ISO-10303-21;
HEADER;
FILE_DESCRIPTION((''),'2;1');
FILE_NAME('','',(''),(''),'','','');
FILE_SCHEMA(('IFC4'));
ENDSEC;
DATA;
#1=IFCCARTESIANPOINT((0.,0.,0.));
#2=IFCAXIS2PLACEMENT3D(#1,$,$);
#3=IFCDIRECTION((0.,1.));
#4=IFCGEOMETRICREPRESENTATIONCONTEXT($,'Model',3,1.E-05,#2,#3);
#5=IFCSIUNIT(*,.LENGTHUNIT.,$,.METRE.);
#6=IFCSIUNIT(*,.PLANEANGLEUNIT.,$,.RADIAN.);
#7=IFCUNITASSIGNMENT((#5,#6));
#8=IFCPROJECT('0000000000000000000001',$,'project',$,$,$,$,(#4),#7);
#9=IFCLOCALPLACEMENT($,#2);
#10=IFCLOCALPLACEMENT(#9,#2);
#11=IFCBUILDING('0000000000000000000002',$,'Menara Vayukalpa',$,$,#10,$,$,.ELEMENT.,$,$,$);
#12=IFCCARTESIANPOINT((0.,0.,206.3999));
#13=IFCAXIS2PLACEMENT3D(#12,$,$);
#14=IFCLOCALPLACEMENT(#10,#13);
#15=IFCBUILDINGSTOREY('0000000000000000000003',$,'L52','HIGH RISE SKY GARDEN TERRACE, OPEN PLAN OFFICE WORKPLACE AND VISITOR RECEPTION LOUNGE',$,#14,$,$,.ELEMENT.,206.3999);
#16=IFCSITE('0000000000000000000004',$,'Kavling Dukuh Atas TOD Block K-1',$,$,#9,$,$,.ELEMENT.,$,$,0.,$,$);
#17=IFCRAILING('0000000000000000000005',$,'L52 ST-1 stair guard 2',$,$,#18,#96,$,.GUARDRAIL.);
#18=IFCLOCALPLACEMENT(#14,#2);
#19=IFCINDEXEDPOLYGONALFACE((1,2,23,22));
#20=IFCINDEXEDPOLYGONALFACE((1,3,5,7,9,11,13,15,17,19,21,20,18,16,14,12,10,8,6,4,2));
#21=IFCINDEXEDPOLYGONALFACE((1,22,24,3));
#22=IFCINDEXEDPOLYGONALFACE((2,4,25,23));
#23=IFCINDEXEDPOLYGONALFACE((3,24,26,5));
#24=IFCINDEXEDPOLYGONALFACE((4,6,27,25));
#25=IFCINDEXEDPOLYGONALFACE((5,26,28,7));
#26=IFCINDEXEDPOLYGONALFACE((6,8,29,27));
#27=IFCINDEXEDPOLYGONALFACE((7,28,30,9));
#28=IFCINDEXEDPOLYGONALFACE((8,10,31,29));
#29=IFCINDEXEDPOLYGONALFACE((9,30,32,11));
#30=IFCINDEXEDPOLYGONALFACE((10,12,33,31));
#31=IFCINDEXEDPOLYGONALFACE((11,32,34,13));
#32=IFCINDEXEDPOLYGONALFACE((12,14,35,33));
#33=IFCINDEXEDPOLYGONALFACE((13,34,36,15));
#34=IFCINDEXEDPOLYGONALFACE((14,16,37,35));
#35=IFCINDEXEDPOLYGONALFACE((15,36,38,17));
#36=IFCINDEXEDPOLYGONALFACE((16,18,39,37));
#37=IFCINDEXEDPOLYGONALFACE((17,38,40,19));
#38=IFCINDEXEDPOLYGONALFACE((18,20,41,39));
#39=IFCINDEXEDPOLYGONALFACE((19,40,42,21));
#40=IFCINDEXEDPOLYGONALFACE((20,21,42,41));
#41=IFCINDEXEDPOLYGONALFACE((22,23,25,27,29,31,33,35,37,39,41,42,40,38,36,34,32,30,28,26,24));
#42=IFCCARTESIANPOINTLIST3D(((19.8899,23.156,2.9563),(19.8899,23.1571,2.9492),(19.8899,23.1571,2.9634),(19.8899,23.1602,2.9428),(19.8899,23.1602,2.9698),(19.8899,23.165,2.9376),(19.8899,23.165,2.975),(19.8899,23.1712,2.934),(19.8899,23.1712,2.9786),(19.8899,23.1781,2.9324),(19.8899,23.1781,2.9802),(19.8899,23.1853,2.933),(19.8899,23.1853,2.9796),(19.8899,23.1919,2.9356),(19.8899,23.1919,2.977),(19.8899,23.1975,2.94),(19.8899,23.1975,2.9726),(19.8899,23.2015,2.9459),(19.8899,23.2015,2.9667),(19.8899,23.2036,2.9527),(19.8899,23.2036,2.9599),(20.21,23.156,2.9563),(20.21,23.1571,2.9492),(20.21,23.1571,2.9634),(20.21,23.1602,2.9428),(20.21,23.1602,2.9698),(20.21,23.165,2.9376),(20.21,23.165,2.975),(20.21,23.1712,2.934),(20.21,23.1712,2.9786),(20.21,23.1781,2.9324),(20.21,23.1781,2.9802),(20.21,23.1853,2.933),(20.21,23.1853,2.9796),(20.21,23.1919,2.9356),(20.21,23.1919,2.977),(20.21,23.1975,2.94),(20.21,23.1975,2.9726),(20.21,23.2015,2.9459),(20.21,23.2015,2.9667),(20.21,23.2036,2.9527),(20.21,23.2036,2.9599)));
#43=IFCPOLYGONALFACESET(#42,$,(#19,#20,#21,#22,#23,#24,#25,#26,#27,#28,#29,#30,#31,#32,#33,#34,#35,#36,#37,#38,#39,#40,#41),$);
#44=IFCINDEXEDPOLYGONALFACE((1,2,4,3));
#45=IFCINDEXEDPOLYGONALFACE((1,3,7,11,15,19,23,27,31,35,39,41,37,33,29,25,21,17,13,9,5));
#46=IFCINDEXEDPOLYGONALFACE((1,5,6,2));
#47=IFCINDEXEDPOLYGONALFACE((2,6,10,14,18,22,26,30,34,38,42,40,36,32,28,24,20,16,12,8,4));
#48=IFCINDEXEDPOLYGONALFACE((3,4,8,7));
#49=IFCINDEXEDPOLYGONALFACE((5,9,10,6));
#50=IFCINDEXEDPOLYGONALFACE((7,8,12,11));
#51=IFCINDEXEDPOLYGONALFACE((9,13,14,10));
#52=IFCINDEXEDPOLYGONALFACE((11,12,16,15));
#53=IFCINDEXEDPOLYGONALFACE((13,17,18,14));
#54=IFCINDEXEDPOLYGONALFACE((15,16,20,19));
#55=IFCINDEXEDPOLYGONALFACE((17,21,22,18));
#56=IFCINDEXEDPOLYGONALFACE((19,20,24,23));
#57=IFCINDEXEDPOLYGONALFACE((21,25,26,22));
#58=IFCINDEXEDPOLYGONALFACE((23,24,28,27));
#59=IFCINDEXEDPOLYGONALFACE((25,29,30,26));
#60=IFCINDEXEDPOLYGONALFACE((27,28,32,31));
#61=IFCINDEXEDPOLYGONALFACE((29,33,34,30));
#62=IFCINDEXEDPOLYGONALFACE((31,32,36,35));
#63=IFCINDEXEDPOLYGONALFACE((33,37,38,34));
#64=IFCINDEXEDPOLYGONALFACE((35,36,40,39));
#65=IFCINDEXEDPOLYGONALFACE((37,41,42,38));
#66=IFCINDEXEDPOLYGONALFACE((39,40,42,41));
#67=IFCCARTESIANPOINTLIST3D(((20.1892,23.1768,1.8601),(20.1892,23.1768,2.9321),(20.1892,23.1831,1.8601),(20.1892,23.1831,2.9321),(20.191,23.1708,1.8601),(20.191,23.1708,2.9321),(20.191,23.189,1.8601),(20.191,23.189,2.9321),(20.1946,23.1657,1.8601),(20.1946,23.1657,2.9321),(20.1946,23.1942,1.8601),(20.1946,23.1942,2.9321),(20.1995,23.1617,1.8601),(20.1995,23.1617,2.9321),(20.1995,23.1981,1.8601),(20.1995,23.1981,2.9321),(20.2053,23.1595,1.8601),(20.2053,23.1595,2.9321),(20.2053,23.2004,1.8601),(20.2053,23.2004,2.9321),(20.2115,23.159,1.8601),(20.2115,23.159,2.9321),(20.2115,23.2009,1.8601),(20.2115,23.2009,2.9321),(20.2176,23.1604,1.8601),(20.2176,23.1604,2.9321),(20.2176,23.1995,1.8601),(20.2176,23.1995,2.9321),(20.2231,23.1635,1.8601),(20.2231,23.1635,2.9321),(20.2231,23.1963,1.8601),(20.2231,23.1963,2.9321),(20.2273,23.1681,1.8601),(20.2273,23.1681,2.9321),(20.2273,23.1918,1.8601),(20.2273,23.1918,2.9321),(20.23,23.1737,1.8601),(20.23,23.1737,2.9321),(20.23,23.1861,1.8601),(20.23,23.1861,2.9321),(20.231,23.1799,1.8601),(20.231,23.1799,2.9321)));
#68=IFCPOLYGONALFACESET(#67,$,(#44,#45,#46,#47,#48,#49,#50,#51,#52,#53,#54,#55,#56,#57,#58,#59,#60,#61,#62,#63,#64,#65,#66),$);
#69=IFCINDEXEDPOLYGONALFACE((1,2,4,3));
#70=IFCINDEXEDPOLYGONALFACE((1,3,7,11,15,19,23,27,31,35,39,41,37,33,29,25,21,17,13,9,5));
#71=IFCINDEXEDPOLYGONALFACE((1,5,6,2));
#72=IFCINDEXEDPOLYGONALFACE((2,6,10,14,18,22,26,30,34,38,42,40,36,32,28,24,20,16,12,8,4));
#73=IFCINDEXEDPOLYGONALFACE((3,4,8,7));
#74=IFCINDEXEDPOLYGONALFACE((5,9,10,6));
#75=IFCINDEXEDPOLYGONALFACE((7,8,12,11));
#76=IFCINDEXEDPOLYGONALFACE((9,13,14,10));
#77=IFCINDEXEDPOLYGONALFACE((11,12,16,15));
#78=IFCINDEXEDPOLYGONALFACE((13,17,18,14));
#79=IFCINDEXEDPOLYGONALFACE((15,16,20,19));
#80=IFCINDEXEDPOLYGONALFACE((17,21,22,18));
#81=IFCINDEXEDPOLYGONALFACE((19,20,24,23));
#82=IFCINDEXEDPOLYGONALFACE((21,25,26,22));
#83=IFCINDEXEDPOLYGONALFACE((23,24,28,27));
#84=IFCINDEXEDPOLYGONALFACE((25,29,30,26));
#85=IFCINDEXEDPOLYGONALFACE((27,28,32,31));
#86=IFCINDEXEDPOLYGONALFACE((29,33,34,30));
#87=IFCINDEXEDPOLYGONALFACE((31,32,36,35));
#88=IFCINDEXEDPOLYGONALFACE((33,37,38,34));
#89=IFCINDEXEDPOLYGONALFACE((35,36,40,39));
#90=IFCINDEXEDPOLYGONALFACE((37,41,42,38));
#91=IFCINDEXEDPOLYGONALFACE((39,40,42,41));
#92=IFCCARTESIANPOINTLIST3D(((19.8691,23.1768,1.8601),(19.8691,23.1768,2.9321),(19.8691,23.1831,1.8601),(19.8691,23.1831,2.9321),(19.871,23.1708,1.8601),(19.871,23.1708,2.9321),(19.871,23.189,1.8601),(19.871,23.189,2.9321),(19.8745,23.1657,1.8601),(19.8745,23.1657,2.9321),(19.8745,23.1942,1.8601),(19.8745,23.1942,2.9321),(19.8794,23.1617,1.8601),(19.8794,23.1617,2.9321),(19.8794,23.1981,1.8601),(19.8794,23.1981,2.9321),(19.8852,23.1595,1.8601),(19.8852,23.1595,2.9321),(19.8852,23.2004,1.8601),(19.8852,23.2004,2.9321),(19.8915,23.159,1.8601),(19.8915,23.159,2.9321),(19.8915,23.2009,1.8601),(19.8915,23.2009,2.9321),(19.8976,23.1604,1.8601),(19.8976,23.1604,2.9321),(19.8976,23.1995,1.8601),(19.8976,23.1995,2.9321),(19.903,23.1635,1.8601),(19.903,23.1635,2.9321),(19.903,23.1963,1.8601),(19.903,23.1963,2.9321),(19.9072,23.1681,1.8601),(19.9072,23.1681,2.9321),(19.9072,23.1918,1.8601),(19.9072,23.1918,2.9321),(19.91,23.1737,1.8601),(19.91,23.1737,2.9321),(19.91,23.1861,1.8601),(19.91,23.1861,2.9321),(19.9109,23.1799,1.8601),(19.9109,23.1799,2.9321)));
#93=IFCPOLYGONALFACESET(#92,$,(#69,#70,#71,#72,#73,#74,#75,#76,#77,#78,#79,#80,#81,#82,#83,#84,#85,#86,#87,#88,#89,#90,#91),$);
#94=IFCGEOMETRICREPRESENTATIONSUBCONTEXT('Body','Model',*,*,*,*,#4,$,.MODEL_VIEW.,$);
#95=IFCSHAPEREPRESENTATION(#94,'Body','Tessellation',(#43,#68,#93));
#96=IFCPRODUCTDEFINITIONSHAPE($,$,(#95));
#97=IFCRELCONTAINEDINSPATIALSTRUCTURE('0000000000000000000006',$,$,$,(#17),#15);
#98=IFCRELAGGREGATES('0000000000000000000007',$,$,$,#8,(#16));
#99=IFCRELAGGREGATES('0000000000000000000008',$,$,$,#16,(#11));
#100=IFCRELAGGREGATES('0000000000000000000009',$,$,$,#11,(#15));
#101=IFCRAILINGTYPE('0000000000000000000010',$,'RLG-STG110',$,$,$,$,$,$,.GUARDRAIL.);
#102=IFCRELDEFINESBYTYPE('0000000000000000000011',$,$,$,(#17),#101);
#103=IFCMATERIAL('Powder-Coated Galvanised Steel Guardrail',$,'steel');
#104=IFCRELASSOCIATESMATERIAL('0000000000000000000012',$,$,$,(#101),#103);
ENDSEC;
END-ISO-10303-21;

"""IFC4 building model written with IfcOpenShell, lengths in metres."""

from ifc_helpers import new_model, si_unit, direction, frame, origin, origin_2d, place, context, subcontext, project, spatial, circle, extrude, material, type_object, element, save


model = new_model("IFC4")

# Units and contexts
model_context = context("Model", 3, precision=1e-05, world=origin(), true_north=direction((0.0, 1.0)))
body_context = subcontext(model_context, "Body", "Model", "MODEL_VIEW")
ifc_project = project(units=[si_unit("LENGTHUNIT", "METRE"), si_unit("PLANEANGLEUNIT", "RADIAN")], contexts=[model_context])

# Site, building, storey
site_placement = place(None, origin())
site = spatial("IfcSite", under=ifc_project, at=site_placement, Name="Kavling Dukuh Atas TOD Block K-1", CompositionType="ELEMENT", RefElevation=0.0)
building_placement = place(site_placement, origin())
building = spatial("IfcBuilding", under=site, at=building_placement, Name="Menara Vayukalpa", CompositionType="ELEMENT")
storey_placement = place(building_placement, frame((0.0, 0.0, 206.3999)))
storey = spatial("IfcBuildingStorey", under=building, at=storey_placement, Name="L52", Description="HIGH RISE SKY GARDEN TERRACE, OPEN PLAN OFFICE WORKPLACE AND VISITOR RECEPTION LOUNGE", CompositionType="ELEMENT", Elevation=206.3999)

# Railing
ifc_material_1 = material(Name="Powder-Coated Galvanised Steel Guardrail", Category="steel")
railing_type_1 = type_object("IfcRailingType", Name="RLG-STG110", PredefinedType="GUARDRAIL", material=ifc_material_1)
railing_1_placement = place(storey_placement, frame((20.21, 23.1799, 1.8601)))
element("IfcRailing", 1, at=railing_1_placement, inside=storey, type_object=railing_type_1, Name="L52 ST-1 stair guard 2", PredefinedType="GUARDRAIL", context=body_context, shape_type="SweptSolid", body=[
    extrude(circle(Radius=0.0239, at=origin_2d()), frame((0.0, 0.0, 1.0962), z_axis=(-1.0, 0.0, 0.0), x_axis=(0.0, -1.0, 0.0)), (0.0, 0.0, 1.0), 0.3201),
    extrude(circle(Radius=0.021, at=origin_2d()), origin(), (0.0, 0.0, 1.0), 1.072),
    extrude(circle(Radius=0.021, at=origin_2d()), frame((-0.3201, 0.0, 0.0)), (0.0, 0.0, 1.0), 1.072),
])

save(model, "model.ifc")
